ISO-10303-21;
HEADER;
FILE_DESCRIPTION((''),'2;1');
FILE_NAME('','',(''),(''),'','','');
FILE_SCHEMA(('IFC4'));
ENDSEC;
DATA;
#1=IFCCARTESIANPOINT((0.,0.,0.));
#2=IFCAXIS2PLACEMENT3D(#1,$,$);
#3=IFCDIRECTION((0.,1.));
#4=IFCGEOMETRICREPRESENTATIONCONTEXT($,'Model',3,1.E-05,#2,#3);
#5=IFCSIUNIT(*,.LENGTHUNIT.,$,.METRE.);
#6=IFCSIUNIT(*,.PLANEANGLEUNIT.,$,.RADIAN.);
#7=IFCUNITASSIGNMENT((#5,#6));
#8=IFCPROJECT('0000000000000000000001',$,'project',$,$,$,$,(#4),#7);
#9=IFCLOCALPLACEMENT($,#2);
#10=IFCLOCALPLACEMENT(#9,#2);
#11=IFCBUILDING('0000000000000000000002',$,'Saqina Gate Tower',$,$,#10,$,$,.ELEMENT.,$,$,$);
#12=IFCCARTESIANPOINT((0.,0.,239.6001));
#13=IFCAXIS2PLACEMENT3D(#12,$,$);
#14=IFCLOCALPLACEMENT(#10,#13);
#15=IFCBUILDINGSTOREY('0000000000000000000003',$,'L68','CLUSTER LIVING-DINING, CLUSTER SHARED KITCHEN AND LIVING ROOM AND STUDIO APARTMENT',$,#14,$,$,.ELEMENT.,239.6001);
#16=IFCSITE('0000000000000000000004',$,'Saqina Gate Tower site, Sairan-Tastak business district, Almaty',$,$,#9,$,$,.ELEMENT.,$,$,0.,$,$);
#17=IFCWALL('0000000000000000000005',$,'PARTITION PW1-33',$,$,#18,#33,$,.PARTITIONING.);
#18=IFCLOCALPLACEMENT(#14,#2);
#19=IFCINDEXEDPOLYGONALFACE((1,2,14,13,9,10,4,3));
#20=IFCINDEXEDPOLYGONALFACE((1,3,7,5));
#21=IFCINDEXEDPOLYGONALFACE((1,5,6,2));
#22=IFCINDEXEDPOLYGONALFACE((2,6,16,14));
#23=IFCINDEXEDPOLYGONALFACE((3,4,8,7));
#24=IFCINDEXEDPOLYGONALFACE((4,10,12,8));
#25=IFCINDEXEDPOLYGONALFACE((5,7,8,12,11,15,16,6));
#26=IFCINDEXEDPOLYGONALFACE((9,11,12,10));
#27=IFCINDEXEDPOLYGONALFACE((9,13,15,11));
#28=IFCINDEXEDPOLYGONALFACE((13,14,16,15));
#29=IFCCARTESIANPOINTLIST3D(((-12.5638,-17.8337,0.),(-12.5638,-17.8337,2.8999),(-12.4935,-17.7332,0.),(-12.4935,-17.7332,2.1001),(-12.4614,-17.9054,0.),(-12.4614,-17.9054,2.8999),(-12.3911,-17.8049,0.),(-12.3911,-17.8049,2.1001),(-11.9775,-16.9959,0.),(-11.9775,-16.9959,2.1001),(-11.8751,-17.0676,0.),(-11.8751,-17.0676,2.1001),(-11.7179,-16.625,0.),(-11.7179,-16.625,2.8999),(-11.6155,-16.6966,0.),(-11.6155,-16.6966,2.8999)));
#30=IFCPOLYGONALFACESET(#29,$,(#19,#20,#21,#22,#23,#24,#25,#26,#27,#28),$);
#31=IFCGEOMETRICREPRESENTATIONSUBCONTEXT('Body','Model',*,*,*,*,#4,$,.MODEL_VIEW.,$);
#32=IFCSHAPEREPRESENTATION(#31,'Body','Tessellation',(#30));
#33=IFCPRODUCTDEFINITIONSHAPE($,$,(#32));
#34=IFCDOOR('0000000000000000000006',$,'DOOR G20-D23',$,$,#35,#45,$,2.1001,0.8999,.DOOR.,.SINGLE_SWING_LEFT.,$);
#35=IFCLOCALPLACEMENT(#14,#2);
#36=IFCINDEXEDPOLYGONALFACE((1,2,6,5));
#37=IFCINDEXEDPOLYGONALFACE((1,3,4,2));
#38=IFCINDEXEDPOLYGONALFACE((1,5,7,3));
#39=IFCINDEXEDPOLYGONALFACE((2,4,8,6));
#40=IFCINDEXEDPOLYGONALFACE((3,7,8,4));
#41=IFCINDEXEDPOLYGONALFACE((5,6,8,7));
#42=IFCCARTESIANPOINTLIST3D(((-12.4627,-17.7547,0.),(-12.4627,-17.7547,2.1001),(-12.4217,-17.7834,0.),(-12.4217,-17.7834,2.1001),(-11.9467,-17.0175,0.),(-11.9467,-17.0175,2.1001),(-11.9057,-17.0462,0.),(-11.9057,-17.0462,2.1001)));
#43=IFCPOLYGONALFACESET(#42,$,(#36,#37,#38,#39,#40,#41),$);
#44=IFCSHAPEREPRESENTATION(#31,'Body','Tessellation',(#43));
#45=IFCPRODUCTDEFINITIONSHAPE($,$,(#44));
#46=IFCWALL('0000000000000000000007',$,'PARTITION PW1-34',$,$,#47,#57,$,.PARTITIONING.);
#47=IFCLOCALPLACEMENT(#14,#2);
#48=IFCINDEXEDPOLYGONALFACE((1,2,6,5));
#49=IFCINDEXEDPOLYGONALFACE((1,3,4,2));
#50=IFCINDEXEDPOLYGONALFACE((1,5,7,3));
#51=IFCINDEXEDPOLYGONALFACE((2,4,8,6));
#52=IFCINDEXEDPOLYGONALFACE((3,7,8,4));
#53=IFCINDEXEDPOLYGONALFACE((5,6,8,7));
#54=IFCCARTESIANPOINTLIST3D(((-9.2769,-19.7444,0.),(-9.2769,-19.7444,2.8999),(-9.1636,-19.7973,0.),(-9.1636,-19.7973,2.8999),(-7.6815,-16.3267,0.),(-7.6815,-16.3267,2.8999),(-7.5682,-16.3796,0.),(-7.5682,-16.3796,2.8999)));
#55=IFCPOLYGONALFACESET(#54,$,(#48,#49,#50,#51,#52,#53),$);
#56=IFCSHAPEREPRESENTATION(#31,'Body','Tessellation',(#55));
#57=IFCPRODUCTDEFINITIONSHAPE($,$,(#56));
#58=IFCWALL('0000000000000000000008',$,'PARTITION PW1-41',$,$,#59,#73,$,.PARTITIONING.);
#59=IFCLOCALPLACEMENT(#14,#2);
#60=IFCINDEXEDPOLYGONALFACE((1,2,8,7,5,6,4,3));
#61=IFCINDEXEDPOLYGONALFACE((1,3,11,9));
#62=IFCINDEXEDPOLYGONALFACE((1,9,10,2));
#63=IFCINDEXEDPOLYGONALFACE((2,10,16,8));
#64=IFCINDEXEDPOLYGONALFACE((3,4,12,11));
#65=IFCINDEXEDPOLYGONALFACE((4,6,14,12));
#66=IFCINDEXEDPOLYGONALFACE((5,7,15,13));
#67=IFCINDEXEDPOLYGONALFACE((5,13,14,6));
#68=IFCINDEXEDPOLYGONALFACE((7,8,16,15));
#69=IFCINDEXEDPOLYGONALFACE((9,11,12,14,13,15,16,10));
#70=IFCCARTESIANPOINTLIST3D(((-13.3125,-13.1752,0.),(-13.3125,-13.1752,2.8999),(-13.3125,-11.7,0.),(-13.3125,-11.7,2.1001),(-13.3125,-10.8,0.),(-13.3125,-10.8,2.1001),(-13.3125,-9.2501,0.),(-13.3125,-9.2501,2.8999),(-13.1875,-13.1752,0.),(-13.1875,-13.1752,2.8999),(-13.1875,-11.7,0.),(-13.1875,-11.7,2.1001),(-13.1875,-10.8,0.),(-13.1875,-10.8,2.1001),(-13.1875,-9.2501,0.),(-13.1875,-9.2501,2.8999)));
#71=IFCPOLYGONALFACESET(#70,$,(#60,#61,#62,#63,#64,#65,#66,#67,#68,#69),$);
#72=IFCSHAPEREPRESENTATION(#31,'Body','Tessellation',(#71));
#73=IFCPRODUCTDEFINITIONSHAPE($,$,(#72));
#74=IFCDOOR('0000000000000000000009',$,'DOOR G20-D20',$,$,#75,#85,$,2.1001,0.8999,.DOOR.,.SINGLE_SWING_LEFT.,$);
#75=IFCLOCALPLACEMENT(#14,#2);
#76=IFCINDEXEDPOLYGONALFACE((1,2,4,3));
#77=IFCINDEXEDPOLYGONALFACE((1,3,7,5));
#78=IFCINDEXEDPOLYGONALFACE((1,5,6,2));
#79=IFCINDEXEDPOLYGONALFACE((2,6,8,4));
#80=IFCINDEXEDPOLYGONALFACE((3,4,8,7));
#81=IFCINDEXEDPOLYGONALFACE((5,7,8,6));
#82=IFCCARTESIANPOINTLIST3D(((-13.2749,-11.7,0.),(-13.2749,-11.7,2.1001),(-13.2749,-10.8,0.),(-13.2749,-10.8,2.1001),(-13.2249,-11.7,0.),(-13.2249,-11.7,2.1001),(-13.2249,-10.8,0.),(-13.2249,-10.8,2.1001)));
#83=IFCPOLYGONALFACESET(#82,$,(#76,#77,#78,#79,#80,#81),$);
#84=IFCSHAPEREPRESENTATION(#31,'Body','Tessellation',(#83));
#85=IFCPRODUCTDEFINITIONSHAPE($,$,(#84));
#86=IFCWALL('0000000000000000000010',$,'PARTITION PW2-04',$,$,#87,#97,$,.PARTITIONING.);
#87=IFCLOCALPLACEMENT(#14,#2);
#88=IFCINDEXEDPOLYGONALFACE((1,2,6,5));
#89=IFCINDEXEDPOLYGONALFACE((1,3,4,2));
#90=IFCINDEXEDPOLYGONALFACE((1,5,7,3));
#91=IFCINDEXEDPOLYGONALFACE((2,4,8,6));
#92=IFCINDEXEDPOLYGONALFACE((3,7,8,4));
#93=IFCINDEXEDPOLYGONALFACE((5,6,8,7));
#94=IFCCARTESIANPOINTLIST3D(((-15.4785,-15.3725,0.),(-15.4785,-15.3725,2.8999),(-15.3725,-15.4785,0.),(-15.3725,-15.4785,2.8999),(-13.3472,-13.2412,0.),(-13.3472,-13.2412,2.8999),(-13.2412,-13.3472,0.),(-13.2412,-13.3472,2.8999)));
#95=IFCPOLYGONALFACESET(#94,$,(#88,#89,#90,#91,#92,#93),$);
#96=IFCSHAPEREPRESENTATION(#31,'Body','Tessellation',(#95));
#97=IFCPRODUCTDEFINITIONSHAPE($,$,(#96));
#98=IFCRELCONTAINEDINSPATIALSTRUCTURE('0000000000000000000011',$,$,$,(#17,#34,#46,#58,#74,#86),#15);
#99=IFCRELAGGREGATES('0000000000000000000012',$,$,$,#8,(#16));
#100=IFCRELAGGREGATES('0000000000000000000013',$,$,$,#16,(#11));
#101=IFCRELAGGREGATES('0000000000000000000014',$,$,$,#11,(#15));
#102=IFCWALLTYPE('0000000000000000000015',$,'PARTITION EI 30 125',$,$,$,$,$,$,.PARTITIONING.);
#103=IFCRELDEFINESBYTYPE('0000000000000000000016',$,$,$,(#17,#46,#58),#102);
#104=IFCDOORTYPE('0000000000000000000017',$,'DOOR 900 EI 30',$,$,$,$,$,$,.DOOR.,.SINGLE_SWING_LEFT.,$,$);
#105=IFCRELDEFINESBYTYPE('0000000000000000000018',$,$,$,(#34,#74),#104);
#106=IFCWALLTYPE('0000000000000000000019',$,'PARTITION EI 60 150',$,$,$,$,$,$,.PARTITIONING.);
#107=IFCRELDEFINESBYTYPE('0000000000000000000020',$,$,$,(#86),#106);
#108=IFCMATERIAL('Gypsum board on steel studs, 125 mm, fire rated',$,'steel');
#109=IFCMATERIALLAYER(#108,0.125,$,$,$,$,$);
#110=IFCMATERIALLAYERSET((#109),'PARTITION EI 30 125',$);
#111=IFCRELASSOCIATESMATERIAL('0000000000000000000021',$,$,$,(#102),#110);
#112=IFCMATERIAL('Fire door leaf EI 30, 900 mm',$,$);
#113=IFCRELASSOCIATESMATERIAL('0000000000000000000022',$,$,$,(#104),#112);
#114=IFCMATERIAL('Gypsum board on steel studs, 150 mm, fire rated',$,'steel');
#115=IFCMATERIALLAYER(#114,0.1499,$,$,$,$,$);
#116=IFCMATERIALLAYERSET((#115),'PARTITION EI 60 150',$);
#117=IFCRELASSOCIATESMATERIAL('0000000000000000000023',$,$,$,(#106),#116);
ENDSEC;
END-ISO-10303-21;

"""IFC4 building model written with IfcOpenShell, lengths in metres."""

from ifc_helpers import new_model, si_unit, direction, frame, frame_2d, origin, place, context, subcontext, project, spatial, rectangle, extrude, material, layer, layer_set, type_object, element, fill, save


model = new_model("IFC4")

# Units and contexts
model_context = context("Model", 3, precision=1e-05, world=origin(), true_north=direction((0.0, 1.0)))
body_context = subcontext(model_context, "Body", "Model", "MODEL_VIEW")
ifc_project = project(units=[si_unit("LENGTHUNIT", "METRE"), si_unit("PLANEANGLEUNIT", "RADIAN")], contexts=[model_context])

# Site, building, storey
site_placement = place(None, origin())
site = spatial("IfcSite", under=ifc_project, at=site_placement, Name="Saqina Gate Tower site, Sairan-Tastak business district, Almaty", CompositionType="ELEMENT", RefElevation=0.0)
building_placement = place(site_placement, origin())
building = spatial("IfcBuilding", under=site, at=building_placement, Name="Saqina Gate Tower", CompositionType="ELEMENT")
storey_placement = place(building_placement, frame((0.0, 0.0, 239.6001)))
storey = spatial("IfcBuildingStorey", under=building, at=storey_placement, Name="L68", Description="CLUSTER LIVING-DINING, CLUSTER SHARED KITCHEN AND LIVING ROOM AND STUDIO APARTMENT", CompositionType="ELEMENT", Elevation=239.6001)

# Wall, opening, door
ifc_material_1 = material(Name="Gypsum board on steel studs, 125 mm, fire rated", Category="steel")
ifc_layer_1 = layer(ifc_material_1, 0.125)
ifc_layer_set_1 = layer_set([ifc_layer_1], Name="PARTITION EI 30 125")
wall_type_1 = type_object("IfcWallType", Name="PARTITION EI 30 125", PredefinedType="PARTITIONING", material=ifc_layer_set_1)
ifc_material_2 = material(Name="Fire door leaf EI 30, 900 mm")
door_type_1 = type_object("IfcDoorType", Name="DOOR 900 EI 30", OperationType="SINGLE_SWING_LEFT", PredefinedType="DOOR", material=ifc_material_2)
wall_1_placement = place(storey_placement, frame((-12.5127, -17.8696, 0.0), z_axis=(0.0, 0.0, 1.0), x_axis=(0.573385, 0.819286, 0.0)))
wall_1 = element("IfcWall", 1, at=wall_1_placement, inside=storey, type_object=wall_type_1, Name="PARTITION PW1-33", PredefinedType="PARTITIONING", context=body_context, shape_type="SweptSolid", body=[
    extrude(rectangle(XDim=1.4753, YDim=0.125, at=frame_2d((0.7378, 0.0))), origin(), (0.0, 0.0, 1.0), 2.8999),
])
opening_1_placement = place(wall_1_placement, frame((0.1228, 0.0, 0.0)))
opening_1 = element("IfcOpeningElement", 2, at=opening_1_placement, cuts=wall_1, PredefinedType="OPENING", context=body_context, shape_type="SweptSolid", body=[
    extrude(rectangle(XDim=0.8999, YDim=2.1001, at=frame_2d((0.45, 1.05))), frame((0.0, 0.0745, 0.0), z_axis=(0.0, -1.0, 0.0), x_axis=(1.0, 0.0, 0.0)), (0.0, 0.0, 1.0), 0.1489),
])
door_1_placement = place(opening_1_placement, origin())
door_1 = element("IfcDoor", 3, at=door_1_placement, inside=storey, type_object=door_type_1, Name="DOOR G20-D23", OperationType="SINGLE_SWING_LEFT", OverallHeight=2.1001, OverallWidth=0.8999, PredefinedType="DOOR", context=body_context, shape_type="SweptSolid", body=[
    extrude(rectangle(XDim=0.8999, YDim=2.1001, at=frame_2d((0.45, 1.05))), frame((0.0, 0.0249, 0.0), z_axis=(0.0, -1.0, 0.0), x_axis=(1.0, 0.0, 0.0)), (0.0, 0.0, 1.0), 0.05),
])
fill(opening_1, door_1)

# Wall
wall_2_placement = place(storey_placement, frame((-9.2202, -19.7708, 0.0), z_axis=(0.0, 0.0, 1.0), x_axis=(0.422999, 0.90613, 0.0)))
element("IfcWall", 4, at=wall_2_placement, inside=storey, type_object=wall_type_1, Name="PARTITION PW1-34", PredefinedType="PARTITIONING", context=body_context, shape_type="SweptSolid", body=[
    extrude(rectangle(XDim=3.7717, YDim=0.125, at=frame_2d((1.8857, 0.0))), origin(), (0.0, 0.0, 1.0), 2.8999),
])

# Wall, opening, door
wall_3_placement = place(storey_placement, frame((-13.25, -13.175, 0.0), z_axis=(0.0, 0.0, 1.0), x_axis=(0.0, 1.0, 0.0)))
wall_3 = element("IfcWall", 5, at=wall_3_placement, inside=storey, type_object=wall_type_1, Name="PARTITION PW1-41", PredefinedType="PARTITIONING", context=body_context, shape_type="SweptSolid", body=[
    extrude(rectangle(XDim=3.925, YDim=0.125, at=frame_2d((1.9624, 0.0))), origin(), (0.0, 0.0, 1.0), 2.8999),
])
opening_2_placement = place(wall_3_placement, frame((1.4751, 0.0, 0.0)))
opening_2 = element("IfcOpeningElement", 6, at=opening_2_placement, cuts=wall_3, PredefinedType="OPENING", context=body_context, shape_type="SweptSolid", body=[
    extrude(rectangle(XDim=0.8999, YDim=2.1001, at=frame_2d((0.45, 1.05))), frame((0.0, 0.0745, 0.0), z_axis=(0.0, -1.0, 0.0), x_axis=(1.0, 0.0, 0.0)), (0.0, 0.0, 1.0), 0.1489),
])
door_2_placement = place(opening_2_placement, origin())
door_2 = element("IfcDoor", 7, at=door_2_placement, inside=storey, type_object=door_type_1, Name="DOOR G20-D20", OperationType="SINGLE_SWING_LEFT", OverallHeight=2.1001, OverallWidth=0.8999, PredefinedType="DOOR", context=body_context, shape_type="SweptSolid", body=[
    extrude(rectangle(XDim=0.8999, YDim=2.1001, at=frame_2d((0.45, 1.05))), frame((0.0, 0.0249, 0.0), z_axis=(0.0, -1.0, 0.0), x_axis=(1.0, 0.0, 0.0)), (0.0, 0.0, 1.0), 0.05),
])
fill(opening_2, door_2)

# Wall
ifc_material_3 = material(Name="Gypsum board on steel studs, 150 mm, fire rated", Category="steel")
ifc_layer_2 = layer(ifc_material_3, 0.1499)
ifc_layer_set_2 = layer_set([ifc_layer_2], Name="PARTITION EI 60 150")
wall_type_2 = type_object("IfcWallType", Name="PARTITION EI 60 150", PredefinedType="PARTITIONING", material=ifc_layer_set_2)
wall_4_placement = place(storey_placement, frame((-15.4255, -15.4255, 0.0), z_axis=(0.0, 0.0, 1.0), x_axis=(0.707107, 0.707107, 0.0)))
element("IfcWall", 8, at=wall_4_placement, inside=storey, type_object=wall_type_2, Name="PARTITION PW2-04", PredefinedType="PARTITIONING", context=body_context, shape_type="SweptSolid", body=[
    extrude(rectangle(XDim=3.0142, YDim=0.1499, at=frame_2d((1.5071, 0.0))), origin(), (0.0, 0.0, 1.0), 2.8999),
])

save(model, "model.ifc")
